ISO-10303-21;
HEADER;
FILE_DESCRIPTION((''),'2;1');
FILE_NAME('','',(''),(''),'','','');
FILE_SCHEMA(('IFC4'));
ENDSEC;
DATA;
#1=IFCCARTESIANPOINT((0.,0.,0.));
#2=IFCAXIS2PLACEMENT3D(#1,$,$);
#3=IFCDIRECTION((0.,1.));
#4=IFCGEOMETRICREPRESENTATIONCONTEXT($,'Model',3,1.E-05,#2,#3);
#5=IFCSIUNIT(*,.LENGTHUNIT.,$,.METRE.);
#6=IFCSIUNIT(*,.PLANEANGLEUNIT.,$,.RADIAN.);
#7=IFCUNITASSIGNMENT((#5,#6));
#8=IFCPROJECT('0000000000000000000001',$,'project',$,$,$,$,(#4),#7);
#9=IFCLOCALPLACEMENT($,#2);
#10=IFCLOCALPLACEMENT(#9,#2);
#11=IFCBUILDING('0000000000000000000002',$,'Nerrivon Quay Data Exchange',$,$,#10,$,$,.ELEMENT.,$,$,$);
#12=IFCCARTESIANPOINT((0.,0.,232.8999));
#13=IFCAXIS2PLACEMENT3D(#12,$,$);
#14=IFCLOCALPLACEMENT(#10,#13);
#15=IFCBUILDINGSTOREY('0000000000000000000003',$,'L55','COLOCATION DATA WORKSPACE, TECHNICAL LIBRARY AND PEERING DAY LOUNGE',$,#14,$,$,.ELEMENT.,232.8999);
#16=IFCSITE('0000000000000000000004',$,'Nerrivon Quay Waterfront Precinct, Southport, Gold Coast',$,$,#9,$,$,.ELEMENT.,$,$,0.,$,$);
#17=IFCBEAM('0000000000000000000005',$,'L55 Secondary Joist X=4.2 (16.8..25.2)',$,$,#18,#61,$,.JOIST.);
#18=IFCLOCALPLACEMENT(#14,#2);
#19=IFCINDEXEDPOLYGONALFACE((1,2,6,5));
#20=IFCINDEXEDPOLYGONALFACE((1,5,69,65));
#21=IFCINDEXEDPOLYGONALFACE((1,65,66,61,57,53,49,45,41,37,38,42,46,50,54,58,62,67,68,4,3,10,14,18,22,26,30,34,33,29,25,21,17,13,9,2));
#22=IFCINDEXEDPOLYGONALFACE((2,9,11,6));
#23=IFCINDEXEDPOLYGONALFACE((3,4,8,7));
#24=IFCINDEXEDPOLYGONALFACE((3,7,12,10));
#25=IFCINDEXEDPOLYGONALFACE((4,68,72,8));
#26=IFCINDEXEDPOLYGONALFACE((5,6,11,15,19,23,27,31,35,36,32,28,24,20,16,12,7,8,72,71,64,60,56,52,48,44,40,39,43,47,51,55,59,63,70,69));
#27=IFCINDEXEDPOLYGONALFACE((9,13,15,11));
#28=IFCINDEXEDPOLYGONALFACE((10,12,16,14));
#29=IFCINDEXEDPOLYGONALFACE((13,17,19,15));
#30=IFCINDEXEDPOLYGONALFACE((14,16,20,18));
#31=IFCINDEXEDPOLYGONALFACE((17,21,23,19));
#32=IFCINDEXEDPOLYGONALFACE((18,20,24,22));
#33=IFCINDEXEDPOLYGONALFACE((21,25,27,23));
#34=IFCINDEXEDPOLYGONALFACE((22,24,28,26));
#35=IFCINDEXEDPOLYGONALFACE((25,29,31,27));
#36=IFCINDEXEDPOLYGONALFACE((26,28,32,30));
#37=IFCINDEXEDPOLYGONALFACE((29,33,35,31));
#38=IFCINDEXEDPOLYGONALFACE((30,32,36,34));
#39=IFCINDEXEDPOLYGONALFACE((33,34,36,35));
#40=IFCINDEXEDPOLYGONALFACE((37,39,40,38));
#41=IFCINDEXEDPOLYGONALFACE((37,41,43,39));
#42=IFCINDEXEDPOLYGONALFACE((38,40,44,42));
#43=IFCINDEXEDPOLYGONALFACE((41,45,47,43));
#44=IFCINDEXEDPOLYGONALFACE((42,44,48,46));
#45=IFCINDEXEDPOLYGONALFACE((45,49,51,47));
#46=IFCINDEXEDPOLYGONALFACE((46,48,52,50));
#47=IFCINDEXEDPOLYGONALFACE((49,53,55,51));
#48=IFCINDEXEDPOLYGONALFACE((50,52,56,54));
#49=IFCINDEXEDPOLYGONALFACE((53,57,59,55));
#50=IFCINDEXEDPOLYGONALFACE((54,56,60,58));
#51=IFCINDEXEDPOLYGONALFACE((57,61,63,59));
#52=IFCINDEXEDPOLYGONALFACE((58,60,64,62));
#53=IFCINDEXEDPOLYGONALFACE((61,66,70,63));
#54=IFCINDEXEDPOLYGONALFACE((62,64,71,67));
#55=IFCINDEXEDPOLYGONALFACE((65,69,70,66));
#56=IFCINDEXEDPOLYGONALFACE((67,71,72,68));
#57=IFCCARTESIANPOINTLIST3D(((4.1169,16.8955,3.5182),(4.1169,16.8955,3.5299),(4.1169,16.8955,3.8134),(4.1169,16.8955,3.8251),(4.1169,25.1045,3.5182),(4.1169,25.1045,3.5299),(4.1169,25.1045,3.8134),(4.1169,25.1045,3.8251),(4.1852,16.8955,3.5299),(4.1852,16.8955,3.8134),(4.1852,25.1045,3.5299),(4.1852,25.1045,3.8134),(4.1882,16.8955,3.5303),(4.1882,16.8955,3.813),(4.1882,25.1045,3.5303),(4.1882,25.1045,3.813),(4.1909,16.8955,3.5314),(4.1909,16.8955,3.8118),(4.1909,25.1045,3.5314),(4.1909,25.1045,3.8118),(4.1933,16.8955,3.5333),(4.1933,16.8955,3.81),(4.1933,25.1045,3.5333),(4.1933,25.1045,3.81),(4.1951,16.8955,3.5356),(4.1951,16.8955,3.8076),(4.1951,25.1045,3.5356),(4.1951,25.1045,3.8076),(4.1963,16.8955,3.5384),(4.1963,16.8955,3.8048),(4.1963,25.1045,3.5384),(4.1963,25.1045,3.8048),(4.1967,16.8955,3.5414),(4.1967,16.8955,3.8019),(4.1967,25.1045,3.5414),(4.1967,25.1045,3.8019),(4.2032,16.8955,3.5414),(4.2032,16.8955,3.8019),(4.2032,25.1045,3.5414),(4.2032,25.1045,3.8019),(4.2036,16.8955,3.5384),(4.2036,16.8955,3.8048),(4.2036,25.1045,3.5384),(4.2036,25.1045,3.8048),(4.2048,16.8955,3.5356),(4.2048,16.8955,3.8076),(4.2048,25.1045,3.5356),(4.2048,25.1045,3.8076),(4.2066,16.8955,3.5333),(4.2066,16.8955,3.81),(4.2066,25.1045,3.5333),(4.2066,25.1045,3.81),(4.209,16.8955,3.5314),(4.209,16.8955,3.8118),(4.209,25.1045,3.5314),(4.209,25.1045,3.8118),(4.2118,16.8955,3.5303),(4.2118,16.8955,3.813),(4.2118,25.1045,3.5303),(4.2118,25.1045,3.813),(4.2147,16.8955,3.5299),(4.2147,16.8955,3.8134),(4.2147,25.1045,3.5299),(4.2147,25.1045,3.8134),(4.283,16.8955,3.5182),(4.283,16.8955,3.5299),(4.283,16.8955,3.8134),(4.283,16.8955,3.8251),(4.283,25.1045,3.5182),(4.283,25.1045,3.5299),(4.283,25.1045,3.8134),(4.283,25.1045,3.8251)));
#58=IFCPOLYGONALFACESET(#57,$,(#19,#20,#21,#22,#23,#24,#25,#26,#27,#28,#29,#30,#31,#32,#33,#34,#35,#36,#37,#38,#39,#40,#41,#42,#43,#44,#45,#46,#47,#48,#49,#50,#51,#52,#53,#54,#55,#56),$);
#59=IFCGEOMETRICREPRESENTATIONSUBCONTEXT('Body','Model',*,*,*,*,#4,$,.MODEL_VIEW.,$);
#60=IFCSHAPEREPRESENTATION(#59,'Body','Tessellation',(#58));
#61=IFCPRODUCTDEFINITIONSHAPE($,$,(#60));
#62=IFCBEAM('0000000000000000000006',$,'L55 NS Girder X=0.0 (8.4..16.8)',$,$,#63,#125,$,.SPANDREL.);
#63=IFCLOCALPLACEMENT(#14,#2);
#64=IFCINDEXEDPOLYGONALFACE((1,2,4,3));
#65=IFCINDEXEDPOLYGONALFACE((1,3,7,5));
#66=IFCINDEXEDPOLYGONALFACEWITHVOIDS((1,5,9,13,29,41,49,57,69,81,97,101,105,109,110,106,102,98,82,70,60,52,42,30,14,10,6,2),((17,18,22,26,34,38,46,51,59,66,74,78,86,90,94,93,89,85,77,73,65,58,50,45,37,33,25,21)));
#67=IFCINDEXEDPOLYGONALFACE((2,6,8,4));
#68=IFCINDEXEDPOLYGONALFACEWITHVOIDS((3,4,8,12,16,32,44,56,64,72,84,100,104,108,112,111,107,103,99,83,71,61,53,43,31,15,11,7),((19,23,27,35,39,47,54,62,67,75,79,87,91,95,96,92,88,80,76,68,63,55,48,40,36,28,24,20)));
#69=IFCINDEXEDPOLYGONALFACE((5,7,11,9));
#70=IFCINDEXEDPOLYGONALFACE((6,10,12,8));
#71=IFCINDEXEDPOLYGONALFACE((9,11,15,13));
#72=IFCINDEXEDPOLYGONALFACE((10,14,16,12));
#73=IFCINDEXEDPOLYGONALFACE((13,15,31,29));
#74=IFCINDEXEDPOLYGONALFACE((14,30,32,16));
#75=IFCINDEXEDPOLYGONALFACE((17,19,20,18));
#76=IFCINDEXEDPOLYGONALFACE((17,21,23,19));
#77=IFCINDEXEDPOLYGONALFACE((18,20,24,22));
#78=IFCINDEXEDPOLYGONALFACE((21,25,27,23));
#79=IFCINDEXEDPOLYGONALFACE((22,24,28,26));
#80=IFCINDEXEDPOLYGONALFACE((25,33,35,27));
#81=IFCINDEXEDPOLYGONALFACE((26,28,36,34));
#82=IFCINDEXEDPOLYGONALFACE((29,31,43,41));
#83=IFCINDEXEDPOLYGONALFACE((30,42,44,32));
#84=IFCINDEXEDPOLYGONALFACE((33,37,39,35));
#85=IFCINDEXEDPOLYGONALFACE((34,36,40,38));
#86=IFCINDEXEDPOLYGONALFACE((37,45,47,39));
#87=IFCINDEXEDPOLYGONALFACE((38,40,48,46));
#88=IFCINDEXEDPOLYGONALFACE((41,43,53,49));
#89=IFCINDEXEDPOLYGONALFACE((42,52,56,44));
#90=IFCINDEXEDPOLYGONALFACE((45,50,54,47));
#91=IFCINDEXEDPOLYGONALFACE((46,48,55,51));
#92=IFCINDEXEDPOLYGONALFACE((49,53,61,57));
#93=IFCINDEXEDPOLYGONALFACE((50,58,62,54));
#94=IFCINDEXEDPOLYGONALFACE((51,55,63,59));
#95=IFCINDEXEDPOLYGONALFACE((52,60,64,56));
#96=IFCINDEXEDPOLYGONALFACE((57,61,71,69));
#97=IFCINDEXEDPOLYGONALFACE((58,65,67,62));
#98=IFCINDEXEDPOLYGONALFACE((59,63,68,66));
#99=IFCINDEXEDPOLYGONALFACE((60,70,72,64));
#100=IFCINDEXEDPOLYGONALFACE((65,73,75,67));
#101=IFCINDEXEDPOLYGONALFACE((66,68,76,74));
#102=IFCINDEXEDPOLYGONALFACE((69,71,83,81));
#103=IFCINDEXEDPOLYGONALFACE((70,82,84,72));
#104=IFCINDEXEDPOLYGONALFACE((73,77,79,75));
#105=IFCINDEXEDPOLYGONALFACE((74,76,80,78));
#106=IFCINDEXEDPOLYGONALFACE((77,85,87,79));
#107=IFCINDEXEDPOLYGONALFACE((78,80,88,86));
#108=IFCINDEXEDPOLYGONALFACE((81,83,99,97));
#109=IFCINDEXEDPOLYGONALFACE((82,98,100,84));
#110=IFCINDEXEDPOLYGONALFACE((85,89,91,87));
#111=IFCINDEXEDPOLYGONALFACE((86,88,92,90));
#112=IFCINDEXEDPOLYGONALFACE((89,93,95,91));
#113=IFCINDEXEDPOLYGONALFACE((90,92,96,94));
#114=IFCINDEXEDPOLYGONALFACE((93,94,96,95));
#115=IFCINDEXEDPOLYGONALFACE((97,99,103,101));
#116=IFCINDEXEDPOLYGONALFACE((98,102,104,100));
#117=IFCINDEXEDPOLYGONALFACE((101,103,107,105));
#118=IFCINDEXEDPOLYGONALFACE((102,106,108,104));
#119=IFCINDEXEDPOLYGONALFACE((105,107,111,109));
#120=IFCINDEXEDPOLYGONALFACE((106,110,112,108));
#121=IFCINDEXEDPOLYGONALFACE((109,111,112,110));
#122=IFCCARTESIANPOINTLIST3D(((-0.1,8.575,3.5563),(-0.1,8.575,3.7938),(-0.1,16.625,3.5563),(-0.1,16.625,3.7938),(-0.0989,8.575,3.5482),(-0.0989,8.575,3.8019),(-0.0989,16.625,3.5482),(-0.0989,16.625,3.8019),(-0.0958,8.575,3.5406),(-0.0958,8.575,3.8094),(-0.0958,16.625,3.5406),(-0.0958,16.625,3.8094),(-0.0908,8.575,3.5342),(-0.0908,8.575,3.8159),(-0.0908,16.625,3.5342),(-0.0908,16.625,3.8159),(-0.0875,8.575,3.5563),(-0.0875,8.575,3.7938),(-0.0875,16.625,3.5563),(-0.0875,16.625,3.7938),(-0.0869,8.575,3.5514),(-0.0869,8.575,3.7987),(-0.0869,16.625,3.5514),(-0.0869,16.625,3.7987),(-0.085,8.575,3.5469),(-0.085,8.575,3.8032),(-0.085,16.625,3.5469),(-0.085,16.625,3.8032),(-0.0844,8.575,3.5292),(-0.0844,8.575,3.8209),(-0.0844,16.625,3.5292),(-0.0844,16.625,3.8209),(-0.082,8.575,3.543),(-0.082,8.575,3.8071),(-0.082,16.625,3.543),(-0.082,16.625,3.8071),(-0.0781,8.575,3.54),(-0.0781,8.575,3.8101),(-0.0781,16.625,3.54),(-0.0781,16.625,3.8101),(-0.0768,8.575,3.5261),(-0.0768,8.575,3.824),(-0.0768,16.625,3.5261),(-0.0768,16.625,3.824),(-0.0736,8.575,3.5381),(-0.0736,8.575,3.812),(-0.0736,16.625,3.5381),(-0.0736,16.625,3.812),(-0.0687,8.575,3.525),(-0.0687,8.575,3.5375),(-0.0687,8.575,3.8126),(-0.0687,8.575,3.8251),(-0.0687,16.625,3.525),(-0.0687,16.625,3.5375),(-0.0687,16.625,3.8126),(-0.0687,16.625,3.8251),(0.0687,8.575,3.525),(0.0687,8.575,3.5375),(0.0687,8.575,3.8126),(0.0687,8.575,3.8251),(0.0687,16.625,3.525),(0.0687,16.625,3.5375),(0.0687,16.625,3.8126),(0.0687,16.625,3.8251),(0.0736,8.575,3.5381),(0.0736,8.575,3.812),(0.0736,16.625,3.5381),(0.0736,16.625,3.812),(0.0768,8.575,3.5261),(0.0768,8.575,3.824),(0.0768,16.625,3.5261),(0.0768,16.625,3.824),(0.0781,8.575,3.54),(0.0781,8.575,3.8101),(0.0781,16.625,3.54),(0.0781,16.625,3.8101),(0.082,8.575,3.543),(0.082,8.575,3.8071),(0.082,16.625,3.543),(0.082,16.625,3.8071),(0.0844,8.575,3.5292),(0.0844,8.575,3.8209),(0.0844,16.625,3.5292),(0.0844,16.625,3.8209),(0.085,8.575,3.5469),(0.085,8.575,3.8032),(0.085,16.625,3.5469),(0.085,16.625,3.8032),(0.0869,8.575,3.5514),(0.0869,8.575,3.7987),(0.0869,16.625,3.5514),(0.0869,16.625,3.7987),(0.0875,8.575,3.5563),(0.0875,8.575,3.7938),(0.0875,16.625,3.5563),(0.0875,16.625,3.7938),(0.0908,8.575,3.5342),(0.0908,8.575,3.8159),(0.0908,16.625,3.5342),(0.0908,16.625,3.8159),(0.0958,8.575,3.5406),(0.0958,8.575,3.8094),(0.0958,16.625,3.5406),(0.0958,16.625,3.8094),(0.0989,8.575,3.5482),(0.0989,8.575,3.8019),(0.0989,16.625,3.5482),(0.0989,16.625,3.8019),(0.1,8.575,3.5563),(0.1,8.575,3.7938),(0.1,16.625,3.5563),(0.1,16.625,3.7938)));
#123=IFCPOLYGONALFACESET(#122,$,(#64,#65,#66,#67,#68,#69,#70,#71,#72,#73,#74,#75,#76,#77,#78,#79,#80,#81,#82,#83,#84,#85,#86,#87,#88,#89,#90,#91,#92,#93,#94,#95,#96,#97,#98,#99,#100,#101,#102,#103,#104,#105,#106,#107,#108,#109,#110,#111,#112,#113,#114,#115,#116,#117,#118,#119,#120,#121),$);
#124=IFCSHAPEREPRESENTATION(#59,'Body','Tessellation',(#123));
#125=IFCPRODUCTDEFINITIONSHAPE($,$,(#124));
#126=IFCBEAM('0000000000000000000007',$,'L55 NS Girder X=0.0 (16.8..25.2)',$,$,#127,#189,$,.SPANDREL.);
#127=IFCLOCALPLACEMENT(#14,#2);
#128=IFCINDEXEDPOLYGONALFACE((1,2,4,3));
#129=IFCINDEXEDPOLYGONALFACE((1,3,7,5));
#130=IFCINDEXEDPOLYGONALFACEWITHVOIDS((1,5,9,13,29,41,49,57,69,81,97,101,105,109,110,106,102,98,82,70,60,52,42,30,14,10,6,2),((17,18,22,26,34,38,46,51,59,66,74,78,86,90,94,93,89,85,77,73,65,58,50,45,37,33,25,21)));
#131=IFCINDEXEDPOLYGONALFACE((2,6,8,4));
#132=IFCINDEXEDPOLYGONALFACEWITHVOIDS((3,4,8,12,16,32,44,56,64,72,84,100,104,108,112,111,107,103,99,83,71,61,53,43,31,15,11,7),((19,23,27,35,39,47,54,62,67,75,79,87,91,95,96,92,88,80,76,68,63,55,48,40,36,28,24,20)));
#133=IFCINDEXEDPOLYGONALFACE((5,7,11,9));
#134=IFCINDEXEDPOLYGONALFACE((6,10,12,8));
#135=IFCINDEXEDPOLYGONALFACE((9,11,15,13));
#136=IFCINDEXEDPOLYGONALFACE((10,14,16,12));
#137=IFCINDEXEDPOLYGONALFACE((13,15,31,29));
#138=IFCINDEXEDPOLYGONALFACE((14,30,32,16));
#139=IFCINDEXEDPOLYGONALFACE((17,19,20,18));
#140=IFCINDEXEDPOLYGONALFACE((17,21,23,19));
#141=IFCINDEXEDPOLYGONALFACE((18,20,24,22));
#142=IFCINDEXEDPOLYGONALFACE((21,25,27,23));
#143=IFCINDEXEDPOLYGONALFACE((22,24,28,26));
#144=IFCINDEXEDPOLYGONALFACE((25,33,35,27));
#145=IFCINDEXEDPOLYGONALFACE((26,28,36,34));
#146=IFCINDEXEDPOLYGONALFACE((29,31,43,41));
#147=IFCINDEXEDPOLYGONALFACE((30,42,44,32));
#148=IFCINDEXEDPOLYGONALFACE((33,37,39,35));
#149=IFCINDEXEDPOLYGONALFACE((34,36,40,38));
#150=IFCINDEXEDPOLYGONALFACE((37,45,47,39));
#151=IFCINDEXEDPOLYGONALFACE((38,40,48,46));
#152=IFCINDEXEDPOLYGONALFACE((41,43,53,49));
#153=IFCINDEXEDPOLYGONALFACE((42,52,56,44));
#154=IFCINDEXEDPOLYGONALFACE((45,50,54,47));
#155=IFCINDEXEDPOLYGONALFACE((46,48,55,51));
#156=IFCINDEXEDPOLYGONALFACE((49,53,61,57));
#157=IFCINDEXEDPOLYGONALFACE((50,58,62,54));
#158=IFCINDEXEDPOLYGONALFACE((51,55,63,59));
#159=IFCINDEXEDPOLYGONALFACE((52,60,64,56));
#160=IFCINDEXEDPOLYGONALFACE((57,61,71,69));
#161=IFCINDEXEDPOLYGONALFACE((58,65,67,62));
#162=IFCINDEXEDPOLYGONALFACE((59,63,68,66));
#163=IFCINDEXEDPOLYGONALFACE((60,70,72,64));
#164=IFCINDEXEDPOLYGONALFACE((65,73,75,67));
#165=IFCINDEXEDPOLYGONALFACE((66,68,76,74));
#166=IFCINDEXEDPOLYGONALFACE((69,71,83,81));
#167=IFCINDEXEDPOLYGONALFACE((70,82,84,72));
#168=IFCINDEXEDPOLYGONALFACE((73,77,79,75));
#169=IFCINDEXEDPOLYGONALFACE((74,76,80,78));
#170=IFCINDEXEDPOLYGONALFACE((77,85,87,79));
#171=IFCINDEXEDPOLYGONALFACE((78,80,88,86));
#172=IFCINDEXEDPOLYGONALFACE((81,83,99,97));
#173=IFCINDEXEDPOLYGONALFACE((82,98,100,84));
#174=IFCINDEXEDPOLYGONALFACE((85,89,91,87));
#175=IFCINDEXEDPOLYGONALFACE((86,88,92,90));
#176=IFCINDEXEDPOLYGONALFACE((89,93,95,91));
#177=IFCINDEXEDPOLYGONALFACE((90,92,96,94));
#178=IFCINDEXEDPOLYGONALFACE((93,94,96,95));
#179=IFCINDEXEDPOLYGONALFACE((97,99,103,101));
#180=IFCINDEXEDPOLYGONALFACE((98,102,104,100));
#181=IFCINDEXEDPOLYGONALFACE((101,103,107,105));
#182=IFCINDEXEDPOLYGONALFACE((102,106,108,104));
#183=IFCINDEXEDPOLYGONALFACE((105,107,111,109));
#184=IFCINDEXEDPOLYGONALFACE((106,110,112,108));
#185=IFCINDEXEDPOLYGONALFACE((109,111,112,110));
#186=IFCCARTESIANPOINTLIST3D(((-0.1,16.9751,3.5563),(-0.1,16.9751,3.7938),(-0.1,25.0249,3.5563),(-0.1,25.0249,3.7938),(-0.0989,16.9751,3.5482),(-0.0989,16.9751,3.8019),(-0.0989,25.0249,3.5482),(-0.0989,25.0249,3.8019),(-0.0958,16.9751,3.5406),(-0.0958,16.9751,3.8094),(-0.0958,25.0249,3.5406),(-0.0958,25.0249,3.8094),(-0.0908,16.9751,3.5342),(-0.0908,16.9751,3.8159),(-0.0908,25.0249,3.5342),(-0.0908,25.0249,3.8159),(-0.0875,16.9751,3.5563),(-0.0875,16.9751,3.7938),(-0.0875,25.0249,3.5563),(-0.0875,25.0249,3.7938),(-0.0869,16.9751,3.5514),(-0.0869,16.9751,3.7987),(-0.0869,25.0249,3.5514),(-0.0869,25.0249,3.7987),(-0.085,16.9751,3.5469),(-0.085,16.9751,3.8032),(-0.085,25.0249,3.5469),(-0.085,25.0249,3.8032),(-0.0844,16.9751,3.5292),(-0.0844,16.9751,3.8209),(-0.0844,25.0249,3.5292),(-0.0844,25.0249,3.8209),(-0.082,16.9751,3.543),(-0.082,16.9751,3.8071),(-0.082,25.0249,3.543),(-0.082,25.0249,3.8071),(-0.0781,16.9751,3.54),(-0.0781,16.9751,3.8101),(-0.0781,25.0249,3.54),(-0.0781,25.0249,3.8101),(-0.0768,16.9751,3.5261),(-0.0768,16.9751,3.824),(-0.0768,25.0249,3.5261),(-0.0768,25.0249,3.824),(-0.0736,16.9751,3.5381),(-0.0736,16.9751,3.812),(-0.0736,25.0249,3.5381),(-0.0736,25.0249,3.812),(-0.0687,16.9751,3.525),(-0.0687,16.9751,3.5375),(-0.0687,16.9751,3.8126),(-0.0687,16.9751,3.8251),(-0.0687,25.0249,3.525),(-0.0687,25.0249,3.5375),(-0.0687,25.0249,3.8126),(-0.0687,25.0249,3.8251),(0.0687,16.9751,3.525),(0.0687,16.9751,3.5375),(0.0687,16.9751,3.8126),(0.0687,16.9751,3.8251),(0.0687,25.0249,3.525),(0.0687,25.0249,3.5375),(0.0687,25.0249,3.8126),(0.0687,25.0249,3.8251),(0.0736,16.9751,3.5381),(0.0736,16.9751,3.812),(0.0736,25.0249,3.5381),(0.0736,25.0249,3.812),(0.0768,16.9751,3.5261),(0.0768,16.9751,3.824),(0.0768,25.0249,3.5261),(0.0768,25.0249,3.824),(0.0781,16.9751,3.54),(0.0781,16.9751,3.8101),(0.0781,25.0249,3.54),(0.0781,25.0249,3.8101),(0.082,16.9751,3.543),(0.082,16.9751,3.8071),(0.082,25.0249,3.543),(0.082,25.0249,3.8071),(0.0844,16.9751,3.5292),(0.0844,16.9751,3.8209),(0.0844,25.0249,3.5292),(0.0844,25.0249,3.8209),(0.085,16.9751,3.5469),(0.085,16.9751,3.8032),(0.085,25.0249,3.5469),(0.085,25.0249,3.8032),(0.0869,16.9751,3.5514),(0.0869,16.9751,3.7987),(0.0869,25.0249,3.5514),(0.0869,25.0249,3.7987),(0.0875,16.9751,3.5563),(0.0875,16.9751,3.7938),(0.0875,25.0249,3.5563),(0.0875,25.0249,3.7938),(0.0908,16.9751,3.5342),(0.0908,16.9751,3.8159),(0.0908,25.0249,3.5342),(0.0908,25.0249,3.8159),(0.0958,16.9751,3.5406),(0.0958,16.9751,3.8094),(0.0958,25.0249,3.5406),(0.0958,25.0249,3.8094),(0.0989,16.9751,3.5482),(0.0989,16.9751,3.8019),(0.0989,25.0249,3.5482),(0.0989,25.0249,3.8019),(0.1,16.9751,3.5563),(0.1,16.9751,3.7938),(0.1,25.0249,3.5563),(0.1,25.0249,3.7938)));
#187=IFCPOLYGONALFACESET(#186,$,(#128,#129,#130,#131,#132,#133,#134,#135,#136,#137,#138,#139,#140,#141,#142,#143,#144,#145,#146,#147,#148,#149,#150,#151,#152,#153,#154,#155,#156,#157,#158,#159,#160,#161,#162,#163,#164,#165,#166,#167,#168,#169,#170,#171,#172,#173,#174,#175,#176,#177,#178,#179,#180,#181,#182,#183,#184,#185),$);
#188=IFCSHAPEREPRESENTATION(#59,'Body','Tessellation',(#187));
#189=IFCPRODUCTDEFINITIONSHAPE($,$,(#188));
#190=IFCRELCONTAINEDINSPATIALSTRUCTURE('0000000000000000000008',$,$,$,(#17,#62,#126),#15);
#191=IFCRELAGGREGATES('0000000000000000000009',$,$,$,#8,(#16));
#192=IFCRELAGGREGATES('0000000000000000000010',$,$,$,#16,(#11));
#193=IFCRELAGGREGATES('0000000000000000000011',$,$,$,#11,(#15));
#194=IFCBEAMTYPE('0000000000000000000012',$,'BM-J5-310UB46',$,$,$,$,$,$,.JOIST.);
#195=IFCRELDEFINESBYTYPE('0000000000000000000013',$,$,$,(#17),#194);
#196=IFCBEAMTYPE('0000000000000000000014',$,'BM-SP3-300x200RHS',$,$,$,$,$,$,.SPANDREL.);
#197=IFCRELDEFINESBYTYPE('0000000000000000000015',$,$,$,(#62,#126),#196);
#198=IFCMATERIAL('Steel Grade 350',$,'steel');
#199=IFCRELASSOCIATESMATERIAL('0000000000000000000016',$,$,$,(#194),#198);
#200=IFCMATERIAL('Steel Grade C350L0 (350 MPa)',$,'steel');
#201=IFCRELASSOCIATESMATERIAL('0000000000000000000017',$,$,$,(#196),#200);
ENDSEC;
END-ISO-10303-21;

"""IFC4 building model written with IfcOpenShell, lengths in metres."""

from ifc_helpers import new_model, si_unit, direction, frame, origin, origin_2d, place, context, subcontext, project, spatial, hollow_rectangle, i_section, extrude, material, material_profile, profile_set, type_object, element, save


model = new_model("IFC4")

# Units and contexts
model_context = context("Model", 3, precision=1e-05, world=origin(), true_north=direction((0.0, 1.0)))
body_context = subcontext(model_context, "Body", "Model", "MODEL_VIEW")
ifc_project = project(units=[si_unit("LENGTHUNIT", "METRE"), si_unit("PLANEANGLEUNIT", "RADIAN")], contexts=[model_context])

# Site, building, storey
site_placement = place(None, origin())
site = spatial("IfcSite", under=ifc_project, at=site_placement, Name="Nerrivon Quay Waterfront Precinct, Southport, Gold Coast", CompositionType="ELEMENT", RefElevation=0.0)
building_placement = place(site_placement, origin())
building = spatial("IfcBuilding", under=site, at=building_placement, Name="Nerrivon Quay Data Exchange", CompositionType="ELEMENT")
storey_placement = place(building_placement, frame((0.0, 0.0, 232.8999)))
storey = spatial("IfcBuildingStorey", under=building, at=storey_placement, Name="L55", Description="COLOCATION DATA WORKSPACE, TECHNICAL LIBRARY AND PEERING DAY LOUNGE", CompositionType="ELEMENT", Elevation=232.8999)

# Shared definitions
ifc_material_1 = material(Name="Steel Grade 350", Category="steel")

# Beams
ifc_material_profile_1 = material_profile(ifc_material_1, i_section(OverallWidth=0.166, OverallDepth=0.3069, WebThickness=0.0066, FlangeThickness=0.0117, FilletRadius=0.0115, at=origin_2d()), Name="310UB46.2")
ifc_profile_set_1 = profile_set([ifc_material_profile_1], Name="Steel Grade 350")
beam_type_1 = type_object("IfcBeamType", Name="BM-J5-310UB46", PredefinedType="JOIST", material=ifc_profile_set_1)
for number, where, z_axis, x_axis, name in (
    (1, (4.2, 16.8955, 3.6716), (0.0, 1.0, 0.0), (-1.0, 0.0, 0.0), "L55 Secondary Joist X=4.2 (16.8..25.2)"),
):
    element("IfcBeam", number, at=place(storey_placement, frame(where, z_axis=z_axis, x_axis=x_axis)), inside=storey, type_object=beam_type_1, Name=name, PredefinedType="JOIST", context=body_context, shape_type="SweptSolid", body=[
        extrude(i_section(OverallWidth=0.166, OverallDepth=0.3069, WebThickness=0.0066, FlangeThickness=0.0117, FilletRadius=0.0115, at=origin_2d()), origin(), (0.0, 0.0, 1.0), 8.209),
    ])
ifc_material_2 = material(Name="Steel Grade C350L0 (350 MPa)", Category="steel")
ifc_material_profile_2 = material_profile(ifc_material_2, hollow_rectangle(XDim=0.2, YDim=0.3, WallThickness=0.0125, InnerFilletRadius=0.0188, OuterFilletRadius=0.0312, at=origin_2d()), Name="300x200x12.5RHS")
ifc_profile_set_2 = profile_set([ifc_material_profile_2], Name="Steel Grade C350L0 (350 MPa)")
beam_type_2 = type_object("IfcBeamType", Name="BM-SP3-300x200RHS", PredefinedType="SPANDREL", material=ifc_profile_set_2)
beam_1_placement = place(storey_placement, frame((0.0, 8.575, 3.675), z_axis=(0.0, 1.0, 0.0), x_axis=(-1.0, 0.0, 0.0)))
element("IfcBeam", 2, at=beam_1_placement, inside=storey, type_object=beam_type_2, Name="L55 NS Girder X=0.0 (8.4..16.8)", PredefinedType="SPANDREL", context=body_context, shape_type="SweptSolid", body=[
    extrude(hollow_rectangle(XDim=0.2, YDim=0.3, WallThickness=0.0125, InnerFilletRadius=0.0188, OuterFilletRadius=0.0312, at=origin_2d()), origin(), (0.0, 0.0, 1.0), 8.05),
])
beam_2_placement = place(storey_placement, frame((0.0, 16.9751, 3.675), z_axis=(0.0, 1.0, 0.0), x_axis=(-1.0, 0.0, 0.0)))
element("IfcBeam", 3, at=beam_2_placement, inside=storey, type_object=beam_type_2, Name="L55 NS Girder X=0.0 (16.8..25.2)", PredefinedType="SPANDREL", context=body_context, shape_type="SweptSolid", body=[
    extrude(hollow_rectangle(XDim=0.2, YDim=0.3, WallThickness=0.0125, InnerFilletRadius=0.0188, OuterFilletRadius=0.0312, at=origin_2d()), origin(), (0.0, 0.0, 1.0), 8.0498),
])

save(model, "model.ifc")
